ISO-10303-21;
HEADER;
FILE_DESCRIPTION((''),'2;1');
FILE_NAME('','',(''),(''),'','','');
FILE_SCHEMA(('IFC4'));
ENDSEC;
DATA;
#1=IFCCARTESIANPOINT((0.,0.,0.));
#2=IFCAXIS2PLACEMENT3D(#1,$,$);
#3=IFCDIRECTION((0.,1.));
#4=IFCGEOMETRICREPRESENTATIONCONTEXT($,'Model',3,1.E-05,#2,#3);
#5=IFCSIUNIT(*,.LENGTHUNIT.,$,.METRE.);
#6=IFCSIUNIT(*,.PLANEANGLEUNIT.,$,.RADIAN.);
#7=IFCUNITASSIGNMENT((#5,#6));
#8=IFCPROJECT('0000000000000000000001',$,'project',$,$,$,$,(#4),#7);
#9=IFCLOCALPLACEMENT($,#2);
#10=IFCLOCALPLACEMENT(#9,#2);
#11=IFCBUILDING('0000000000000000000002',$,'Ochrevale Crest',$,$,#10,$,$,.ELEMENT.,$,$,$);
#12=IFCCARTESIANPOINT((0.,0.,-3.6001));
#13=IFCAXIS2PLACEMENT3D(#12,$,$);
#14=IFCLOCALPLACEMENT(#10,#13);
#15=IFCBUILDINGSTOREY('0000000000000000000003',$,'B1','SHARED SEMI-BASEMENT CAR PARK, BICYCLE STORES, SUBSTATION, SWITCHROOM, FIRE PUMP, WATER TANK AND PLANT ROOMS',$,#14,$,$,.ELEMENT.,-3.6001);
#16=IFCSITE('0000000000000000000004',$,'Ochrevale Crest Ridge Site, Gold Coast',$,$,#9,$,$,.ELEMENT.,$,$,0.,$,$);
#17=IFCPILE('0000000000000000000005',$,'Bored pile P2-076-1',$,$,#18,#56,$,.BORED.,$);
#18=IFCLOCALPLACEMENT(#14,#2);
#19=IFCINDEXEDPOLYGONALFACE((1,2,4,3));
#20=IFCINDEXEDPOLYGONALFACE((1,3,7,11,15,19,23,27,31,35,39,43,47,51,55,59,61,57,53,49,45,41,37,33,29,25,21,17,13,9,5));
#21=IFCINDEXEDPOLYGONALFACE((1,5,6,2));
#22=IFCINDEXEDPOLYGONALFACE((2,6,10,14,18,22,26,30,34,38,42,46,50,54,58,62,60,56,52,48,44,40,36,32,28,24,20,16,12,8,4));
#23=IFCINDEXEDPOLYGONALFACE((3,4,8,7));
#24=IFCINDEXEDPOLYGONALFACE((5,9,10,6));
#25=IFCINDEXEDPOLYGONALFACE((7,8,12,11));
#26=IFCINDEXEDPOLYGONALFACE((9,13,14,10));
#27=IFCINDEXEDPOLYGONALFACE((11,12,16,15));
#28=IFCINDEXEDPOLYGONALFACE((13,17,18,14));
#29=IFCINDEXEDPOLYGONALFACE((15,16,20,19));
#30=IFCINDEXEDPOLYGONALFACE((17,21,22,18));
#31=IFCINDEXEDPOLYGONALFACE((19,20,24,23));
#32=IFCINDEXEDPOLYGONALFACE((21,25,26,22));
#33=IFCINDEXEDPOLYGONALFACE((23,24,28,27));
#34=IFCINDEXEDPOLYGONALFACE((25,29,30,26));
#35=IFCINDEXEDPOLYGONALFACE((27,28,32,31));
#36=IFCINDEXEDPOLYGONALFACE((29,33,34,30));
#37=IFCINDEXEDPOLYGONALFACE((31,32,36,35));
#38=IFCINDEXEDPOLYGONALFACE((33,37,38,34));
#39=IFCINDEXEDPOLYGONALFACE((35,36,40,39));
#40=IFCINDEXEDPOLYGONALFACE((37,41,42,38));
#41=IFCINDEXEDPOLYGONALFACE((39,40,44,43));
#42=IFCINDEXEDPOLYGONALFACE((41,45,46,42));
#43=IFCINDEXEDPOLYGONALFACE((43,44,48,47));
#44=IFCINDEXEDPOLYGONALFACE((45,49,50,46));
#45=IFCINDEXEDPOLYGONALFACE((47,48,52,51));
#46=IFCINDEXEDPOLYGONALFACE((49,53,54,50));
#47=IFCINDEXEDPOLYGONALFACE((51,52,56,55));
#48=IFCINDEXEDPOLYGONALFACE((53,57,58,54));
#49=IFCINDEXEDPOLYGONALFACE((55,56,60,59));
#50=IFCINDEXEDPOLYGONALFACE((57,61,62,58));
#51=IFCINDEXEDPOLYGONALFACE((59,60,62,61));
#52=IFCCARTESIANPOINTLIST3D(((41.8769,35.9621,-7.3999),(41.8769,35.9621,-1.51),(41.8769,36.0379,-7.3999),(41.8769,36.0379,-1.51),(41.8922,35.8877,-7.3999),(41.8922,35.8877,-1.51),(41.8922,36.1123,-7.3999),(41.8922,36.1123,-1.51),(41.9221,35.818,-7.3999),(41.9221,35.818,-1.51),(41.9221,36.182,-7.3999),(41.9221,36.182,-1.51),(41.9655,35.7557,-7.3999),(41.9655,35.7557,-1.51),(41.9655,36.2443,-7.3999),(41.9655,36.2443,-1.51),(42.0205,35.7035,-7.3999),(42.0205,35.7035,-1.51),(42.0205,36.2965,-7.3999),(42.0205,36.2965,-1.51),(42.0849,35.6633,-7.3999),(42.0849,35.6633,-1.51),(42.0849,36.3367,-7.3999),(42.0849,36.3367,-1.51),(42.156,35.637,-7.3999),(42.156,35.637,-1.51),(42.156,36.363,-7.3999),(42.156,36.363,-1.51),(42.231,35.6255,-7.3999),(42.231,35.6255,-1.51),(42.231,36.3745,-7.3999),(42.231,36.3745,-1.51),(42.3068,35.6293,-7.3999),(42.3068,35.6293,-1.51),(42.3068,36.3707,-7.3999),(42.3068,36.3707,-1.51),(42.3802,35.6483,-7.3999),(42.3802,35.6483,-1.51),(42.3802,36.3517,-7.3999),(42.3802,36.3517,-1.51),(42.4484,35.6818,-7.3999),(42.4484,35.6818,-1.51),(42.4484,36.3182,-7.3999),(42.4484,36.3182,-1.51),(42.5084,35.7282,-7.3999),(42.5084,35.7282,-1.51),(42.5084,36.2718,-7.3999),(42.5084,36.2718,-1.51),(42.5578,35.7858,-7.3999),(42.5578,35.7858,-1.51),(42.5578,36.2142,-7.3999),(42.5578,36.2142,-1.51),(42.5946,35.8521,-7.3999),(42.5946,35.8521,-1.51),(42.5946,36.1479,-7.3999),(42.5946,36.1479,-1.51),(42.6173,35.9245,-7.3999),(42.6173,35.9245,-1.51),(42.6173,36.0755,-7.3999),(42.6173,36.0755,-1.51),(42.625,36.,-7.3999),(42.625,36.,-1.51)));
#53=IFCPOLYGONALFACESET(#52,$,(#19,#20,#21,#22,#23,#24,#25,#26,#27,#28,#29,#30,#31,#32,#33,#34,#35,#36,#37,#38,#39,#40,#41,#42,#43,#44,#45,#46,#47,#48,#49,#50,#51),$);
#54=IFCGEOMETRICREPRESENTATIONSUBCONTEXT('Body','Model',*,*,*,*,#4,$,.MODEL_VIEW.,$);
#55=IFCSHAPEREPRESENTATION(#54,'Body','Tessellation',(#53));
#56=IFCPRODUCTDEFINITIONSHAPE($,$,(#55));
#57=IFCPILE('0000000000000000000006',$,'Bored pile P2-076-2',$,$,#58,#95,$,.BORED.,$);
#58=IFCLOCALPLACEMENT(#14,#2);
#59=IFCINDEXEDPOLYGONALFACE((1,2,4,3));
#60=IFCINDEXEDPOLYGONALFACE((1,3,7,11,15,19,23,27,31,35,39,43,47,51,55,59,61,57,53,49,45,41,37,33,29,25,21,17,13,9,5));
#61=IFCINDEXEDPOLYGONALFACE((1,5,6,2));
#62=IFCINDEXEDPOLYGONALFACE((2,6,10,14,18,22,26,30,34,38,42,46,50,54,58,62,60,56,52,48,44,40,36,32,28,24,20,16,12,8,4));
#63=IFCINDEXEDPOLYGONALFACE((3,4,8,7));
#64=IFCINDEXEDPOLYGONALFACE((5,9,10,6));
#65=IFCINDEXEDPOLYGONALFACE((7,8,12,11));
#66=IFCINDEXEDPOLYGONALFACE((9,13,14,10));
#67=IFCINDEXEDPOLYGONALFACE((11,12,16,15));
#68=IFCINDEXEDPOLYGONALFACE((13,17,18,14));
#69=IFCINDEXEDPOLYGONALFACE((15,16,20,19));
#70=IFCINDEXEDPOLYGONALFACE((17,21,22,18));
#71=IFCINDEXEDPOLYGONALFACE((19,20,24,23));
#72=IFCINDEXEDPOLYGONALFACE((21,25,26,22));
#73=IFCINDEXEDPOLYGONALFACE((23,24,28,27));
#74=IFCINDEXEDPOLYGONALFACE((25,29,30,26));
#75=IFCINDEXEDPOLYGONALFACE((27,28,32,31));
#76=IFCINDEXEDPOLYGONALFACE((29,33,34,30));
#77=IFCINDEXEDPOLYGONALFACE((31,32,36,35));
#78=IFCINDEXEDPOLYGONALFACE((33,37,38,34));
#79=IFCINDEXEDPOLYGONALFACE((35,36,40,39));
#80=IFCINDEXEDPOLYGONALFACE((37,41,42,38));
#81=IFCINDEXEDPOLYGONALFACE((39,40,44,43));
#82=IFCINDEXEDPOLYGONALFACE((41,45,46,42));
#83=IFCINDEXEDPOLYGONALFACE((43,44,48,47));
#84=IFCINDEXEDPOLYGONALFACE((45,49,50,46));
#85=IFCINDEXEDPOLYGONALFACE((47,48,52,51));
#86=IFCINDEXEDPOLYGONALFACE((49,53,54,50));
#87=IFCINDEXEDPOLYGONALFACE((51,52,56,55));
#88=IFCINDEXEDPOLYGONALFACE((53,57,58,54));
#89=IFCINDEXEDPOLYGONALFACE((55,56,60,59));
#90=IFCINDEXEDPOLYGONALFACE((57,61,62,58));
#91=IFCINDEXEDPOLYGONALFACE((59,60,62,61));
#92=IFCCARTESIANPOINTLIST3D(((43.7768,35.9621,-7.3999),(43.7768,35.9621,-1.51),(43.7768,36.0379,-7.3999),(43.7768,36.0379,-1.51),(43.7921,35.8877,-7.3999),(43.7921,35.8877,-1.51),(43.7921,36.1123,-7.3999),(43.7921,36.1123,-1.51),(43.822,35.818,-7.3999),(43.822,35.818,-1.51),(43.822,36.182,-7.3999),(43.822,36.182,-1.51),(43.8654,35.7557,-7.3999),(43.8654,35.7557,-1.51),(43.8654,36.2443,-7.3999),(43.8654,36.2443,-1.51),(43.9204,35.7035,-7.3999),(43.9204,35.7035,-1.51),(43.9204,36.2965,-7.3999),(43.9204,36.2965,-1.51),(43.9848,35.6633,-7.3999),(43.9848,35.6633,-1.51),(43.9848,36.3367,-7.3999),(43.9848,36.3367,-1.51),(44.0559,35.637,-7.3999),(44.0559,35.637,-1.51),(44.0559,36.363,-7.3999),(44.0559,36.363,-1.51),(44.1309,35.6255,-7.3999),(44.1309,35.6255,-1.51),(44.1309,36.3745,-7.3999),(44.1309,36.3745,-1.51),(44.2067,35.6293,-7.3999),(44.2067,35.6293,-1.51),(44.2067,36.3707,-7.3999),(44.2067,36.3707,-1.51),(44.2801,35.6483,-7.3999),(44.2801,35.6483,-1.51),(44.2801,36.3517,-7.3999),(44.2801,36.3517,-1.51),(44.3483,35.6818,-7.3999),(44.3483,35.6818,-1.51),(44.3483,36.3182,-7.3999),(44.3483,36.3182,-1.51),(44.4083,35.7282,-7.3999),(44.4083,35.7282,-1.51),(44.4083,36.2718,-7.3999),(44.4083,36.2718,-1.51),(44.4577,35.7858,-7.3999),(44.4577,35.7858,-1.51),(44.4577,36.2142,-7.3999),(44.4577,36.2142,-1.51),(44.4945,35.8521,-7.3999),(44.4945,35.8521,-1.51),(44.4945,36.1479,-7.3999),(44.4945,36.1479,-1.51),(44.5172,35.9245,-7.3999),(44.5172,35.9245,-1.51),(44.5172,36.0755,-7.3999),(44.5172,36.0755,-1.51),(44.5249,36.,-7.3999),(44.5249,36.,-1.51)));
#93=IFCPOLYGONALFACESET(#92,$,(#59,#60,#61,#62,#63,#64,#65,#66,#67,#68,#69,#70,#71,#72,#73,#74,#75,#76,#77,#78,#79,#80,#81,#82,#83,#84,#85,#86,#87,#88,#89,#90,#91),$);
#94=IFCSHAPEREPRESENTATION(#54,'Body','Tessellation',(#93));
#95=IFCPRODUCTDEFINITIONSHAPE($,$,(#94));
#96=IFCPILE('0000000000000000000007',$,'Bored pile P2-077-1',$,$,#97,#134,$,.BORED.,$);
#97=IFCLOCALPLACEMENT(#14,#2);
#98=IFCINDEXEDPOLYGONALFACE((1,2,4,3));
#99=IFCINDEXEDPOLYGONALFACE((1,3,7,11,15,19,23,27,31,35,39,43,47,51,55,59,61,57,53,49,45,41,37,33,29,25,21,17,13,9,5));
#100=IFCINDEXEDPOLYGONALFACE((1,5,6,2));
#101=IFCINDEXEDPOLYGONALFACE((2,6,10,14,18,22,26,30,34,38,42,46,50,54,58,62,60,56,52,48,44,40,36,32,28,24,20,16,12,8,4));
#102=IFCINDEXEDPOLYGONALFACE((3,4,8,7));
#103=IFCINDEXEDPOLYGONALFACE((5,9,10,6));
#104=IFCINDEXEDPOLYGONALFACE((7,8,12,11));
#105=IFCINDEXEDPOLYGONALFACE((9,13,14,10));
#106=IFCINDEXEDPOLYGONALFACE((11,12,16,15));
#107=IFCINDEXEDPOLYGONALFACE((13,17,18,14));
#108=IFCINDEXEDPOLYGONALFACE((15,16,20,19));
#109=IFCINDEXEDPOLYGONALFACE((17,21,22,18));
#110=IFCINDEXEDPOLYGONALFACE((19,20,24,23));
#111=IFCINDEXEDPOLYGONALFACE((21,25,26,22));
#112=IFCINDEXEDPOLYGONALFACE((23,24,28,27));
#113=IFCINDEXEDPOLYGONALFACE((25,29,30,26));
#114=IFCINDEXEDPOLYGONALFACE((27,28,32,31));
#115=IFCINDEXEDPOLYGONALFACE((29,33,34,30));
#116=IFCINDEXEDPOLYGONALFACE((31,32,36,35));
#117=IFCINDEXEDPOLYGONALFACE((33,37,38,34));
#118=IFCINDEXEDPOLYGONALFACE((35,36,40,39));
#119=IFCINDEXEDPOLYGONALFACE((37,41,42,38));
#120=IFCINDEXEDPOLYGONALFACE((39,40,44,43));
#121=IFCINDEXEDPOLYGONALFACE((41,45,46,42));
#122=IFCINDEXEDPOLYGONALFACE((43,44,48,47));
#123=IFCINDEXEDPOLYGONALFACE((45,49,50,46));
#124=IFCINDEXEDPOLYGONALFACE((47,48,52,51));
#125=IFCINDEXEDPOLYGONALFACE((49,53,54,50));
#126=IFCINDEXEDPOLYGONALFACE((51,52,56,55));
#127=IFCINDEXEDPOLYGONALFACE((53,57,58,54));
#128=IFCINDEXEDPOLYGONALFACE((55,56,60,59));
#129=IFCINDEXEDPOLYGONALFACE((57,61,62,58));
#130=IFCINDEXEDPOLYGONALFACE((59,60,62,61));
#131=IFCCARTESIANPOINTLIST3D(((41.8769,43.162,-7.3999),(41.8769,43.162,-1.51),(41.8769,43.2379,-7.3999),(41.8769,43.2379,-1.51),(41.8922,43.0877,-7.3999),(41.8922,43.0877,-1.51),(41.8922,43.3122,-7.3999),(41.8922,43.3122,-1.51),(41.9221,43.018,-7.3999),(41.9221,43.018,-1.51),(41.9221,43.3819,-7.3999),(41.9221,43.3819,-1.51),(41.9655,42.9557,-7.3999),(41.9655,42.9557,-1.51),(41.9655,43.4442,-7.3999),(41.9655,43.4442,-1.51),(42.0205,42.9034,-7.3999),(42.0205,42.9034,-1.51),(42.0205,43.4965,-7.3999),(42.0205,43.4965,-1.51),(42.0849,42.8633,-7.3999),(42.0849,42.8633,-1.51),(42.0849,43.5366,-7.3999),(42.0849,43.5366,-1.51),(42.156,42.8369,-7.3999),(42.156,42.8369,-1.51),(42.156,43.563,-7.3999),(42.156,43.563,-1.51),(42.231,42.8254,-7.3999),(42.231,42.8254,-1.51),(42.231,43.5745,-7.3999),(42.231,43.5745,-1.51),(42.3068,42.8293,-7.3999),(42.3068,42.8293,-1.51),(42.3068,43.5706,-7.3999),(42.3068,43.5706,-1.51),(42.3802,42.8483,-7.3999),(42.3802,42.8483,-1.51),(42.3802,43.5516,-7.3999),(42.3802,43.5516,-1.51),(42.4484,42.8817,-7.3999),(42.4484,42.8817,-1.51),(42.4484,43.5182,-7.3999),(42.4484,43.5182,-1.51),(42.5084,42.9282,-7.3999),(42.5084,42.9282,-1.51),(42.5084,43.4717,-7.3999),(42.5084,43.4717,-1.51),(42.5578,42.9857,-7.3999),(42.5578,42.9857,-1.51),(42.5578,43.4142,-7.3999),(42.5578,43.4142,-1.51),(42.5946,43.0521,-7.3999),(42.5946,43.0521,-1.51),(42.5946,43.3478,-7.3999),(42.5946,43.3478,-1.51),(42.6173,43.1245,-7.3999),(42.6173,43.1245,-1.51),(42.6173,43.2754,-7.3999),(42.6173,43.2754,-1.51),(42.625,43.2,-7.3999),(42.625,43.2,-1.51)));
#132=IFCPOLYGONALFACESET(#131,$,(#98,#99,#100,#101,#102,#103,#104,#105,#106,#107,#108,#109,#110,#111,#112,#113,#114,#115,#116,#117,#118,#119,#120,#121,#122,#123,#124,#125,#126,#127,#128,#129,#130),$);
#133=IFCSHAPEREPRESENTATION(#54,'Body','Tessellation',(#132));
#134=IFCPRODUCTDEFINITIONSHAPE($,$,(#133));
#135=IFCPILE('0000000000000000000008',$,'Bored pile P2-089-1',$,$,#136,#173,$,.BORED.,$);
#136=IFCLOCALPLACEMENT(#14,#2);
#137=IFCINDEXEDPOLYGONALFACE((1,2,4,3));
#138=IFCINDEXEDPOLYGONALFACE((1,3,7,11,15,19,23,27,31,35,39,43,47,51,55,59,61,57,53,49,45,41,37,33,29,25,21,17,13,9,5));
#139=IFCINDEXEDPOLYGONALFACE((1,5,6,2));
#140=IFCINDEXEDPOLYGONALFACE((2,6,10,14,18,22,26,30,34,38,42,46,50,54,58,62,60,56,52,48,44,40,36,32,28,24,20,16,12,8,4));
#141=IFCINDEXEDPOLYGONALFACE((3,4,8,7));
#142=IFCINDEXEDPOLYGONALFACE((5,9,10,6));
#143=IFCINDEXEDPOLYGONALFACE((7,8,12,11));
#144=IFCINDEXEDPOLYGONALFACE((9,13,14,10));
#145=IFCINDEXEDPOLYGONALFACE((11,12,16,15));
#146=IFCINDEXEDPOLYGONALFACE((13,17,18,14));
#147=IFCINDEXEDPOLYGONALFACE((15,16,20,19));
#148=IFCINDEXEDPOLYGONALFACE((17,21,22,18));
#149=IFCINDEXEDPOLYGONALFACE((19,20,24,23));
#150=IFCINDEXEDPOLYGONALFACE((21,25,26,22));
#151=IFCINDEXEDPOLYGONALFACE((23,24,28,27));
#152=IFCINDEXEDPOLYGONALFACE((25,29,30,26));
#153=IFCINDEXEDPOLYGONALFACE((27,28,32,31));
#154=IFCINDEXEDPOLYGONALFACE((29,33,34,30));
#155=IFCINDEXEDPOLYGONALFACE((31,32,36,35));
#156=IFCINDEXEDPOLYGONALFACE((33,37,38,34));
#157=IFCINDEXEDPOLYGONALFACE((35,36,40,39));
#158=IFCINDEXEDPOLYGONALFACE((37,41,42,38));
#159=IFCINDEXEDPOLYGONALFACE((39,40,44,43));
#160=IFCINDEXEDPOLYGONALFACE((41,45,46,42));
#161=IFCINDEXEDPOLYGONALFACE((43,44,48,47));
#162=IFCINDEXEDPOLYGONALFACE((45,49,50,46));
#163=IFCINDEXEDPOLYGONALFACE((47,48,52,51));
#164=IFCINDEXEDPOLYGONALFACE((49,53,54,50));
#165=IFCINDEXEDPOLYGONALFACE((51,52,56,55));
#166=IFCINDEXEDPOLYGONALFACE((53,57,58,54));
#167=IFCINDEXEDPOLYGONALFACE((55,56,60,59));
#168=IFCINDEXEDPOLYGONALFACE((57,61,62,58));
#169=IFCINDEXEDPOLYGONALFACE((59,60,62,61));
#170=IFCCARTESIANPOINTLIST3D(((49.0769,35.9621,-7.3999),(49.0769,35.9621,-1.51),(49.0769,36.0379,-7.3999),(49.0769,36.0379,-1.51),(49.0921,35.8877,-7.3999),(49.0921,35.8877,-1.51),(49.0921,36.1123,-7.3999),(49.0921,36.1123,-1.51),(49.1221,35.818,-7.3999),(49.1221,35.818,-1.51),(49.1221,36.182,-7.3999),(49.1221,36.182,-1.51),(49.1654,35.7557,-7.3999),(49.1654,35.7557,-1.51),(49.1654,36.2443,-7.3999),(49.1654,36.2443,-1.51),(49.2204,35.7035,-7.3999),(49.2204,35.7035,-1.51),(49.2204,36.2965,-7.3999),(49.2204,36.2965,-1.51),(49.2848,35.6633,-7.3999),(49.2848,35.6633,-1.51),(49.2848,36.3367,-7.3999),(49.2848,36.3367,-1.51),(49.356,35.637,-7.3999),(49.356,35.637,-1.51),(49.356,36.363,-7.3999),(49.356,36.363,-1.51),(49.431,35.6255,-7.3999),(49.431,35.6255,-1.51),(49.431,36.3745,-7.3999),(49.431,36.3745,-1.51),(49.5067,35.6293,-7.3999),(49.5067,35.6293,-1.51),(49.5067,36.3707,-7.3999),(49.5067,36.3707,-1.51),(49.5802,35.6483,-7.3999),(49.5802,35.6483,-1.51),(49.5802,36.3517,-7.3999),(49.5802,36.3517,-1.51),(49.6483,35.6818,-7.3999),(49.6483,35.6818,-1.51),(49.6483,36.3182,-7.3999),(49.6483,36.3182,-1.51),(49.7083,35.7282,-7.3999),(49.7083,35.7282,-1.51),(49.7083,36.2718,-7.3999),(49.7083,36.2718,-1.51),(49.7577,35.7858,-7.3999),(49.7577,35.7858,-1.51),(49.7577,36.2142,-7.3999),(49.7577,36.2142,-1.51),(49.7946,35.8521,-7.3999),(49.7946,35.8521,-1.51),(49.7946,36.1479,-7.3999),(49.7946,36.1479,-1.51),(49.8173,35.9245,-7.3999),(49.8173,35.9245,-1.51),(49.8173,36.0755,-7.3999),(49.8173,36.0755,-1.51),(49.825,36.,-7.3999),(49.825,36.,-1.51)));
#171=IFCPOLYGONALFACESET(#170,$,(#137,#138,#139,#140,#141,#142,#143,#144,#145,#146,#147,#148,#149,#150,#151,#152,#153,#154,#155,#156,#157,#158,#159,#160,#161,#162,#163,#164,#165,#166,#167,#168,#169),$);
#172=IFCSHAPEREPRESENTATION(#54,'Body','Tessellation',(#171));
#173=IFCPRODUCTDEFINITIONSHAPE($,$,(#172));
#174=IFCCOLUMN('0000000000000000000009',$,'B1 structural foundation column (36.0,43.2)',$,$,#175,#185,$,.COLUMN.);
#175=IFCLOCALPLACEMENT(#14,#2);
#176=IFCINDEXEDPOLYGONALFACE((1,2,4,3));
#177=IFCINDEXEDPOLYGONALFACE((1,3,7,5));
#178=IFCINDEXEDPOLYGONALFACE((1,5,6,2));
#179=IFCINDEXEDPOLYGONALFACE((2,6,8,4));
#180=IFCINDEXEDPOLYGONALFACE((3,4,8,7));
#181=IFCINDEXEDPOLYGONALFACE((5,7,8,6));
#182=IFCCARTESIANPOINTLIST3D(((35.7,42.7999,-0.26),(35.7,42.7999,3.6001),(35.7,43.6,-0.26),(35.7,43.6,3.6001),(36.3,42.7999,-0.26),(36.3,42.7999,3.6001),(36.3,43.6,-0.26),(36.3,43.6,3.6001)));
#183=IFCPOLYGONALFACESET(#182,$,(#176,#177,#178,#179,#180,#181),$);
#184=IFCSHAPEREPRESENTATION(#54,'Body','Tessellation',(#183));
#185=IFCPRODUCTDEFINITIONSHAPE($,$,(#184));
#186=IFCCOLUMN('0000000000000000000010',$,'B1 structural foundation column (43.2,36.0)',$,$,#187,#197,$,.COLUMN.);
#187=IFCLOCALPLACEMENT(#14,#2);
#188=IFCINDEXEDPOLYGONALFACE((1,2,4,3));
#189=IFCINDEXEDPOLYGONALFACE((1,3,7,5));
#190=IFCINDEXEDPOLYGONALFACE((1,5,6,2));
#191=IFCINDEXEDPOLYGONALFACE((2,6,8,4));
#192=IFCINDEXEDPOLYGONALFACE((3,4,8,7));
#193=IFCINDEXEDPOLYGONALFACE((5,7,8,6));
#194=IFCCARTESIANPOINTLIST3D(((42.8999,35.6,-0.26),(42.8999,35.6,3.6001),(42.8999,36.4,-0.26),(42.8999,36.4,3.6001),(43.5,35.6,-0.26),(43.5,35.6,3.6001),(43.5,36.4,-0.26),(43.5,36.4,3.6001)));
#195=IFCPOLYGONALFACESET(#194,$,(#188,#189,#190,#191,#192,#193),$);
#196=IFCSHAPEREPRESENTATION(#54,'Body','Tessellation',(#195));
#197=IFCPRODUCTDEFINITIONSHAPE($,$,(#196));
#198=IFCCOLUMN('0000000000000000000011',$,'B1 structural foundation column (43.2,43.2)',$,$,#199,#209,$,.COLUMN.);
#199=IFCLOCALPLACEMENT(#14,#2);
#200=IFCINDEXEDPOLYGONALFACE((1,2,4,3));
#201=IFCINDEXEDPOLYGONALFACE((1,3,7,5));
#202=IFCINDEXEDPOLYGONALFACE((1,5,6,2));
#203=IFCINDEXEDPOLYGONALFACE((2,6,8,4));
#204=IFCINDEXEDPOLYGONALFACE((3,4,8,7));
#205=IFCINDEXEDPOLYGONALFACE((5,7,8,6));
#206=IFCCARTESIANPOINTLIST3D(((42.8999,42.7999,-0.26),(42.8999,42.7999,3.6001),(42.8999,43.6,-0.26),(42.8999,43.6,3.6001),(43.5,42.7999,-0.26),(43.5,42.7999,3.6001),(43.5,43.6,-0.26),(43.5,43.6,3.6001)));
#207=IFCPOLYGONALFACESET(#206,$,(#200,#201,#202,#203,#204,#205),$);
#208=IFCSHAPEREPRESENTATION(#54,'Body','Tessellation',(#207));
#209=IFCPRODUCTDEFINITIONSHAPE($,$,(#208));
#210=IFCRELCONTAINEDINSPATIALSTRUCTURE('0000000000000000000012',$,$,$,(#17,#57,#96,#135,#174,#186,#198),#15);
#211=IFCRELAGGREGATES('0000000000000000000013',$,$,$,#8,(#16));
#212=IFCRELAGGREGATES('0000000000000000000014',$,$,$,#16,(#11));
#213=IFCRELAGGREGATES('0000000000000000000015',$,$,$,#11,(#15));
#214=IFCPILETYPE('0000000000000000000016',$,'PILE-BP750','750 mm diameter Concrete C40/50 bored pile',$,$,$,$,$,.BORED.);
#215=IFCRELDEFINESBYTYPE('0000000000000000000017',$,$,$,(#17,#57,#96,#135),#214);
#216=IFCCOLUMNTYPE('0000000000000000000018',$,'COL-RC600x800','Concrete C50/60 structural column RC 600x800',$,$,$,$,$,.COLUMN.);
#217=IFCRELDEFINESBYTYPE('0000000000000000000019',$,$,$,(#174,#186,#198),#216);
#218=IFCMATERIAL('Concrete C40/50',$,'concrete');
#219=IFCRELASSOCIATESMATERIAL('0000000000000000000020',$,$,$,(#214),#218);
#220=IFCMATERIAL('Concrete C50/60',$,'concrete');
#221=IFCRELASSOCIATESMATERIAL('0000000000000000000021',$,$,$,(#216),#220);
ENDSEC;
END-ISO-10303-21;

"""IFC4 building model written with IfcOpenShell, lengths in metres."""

from ifc_helpers import new_model, si_unit, direction, frame, origin, origin_2d, place, context, subcontext, project, spatial, rectangle, circle, extrude, material, material_profile, profile_set, type_object, element, save


model = new_model("IFC4")

# Units and contexts
model_context = context("Model", 3, precision=1e-05, world=origin(), true_north=direction((0.0, 1.0)))
body_context = subcontext(model_context, "Body", "Model", "MODEL_VIEW")
ifc_project = project(units=[si_unit("LENGTHUNIT", "METRE"), si_unit("PLANEANGLEUNIT", "RADIAN")], contexts=[model_context])

# Site, building, storey
site_placement = place(None, origin())
site = spatial("IfcSite", under=ifc_project, at=site_placement, Name="Ochrevale Crest Ridge Site, Gold Coast", CompositionType="ELEMENT", RefElevation=0.0)
building_placement = place(site_placement, origin())
building = spatial("IfcBuilding", under=site, at=building_placement, Name="Ochrevale Crest", CompositionType="ELEMENT")
storey_placement = place(building_placement, frame((0.0, 0.0, -3.6001)))
storey = spatial("IfcBuildingStorey", under=building, at=storey_placement, Name="B1", Description="SHARED SEMI-BASEMENT CAR PARK, BICYCLE STORES, SUBSTATION, SWITCHROOM, FIRE PUMP, WATER TANK AND PLANT ROOMS", CompositionType="ELEMENT", Elevation=-3.6001)

# Shared definitions
ifc_material_1 = material(Name="Concrete C40/50", Category="concrete")

# Piles
ifc_material_profile_1 = material_profile(ifc_material_1, circle(Radius=0.375, at=origin_2d()), Name="BORED PILE 750")
ifc_profile_set_1 = profile_set([ifc_material_profile_1], Name="Concrete C40/50")
pile_type_1 = type_object("IfcPileType", Name="PILE-BP750", Description="750 mm diameter Concrete C40/50 bored pile", PredefinedType="BORED", material=ifc_profile_set_1)
for number, where, z_axis, x_axis, name in (
    (1, (42.25, 36.0, -1.51), (0.0, 0.0, -1.0), (1.0, 0.0, 0.0), "Bored pile P2-076-1"),
    (2, (44.1499, 36.0, -1.51), (0.0, 0.0, -1.0), (1.0, 0.0, 0.0), "Bored pile P2-076-2"),
    (3, (42.25, 43.2, -1.51), (0.0, 0.0, -1.0), (1.0, 0.0, 0.0), "Bored pile P2-077-1"),
    (4, (49.45, 36.0, -1.51), (0.0, 0.0, -1.0), (1.0, 0.0, 0.0), "Bored pile P2-089-1"),
):
    element("IfcPile", number, at=place(storey_placement, frame(where, z_axis=z_axis, x_axis=x_axis)), inside=storey, type_object=pile_type_1, Name=name, PredefinedType="BORED", context=body_context, shape_type="SweptSolid", body=[
        extrude(circle(Radius=0.375, at=origin_2d()), origin(), (0.0, 0.0, 1.0), 5.8899),
    ])

# Columns
ifc_material_2 = material(Name="Concrete C50/60", Category="concrete")
ifc_material_profile_2 = material_profile(ifc_material_2, rectangle(XDim=0.6001, YDim=0.8, at=origin_2d()), Name="RC 600x800")
ifc_profile_set_2 = profile_set([ifc_material_profile_2], Name="Concrete C50/60")
column_type = type_object("IfcColumnType", Name="COL-RC600x800", Description="Concrete C50/60 structural column RC 600x800", PredefinedType="COLUMN", material=ifc_profile_set_2)
for number, where, z_axis, x_axis, name in (
    (5, (36.0, 43.2, -0.26), (0.0, 0.0, 1.0), (1.0, 0.0, 0.0), "B1 structural foundation column (36.0,43.2)"),
    (6, (43.2, 36.0, -0.26), (0.0, 0.0, 1.0), (1.0, 0.0, 0.0), "B1 structural foundation column (43.2,36.0)"),
    (7, (43.2, 43.2, -0.26), (0.0, 0.0, 1.0), (1.0, 0.0, 0.0), "B1 structural foundation column (43.2,43.2)"),
):
    element("IfcColumn", number, at=place(storey_placement, frame(where, z_axis=z_axis, x_axis=x_axis)), inside=storey, type_object=column_type, Name=name, PredefinedType="COLUMN", context=body_context, shape_type="SweptSolid", body=[
        extrude(rectangle(XDim=0.6001, YDim=0.8, at=origin_2d()), origin(), (0.0, 0.0, 1.0), 3.8601),
    ])

save(model, "model.ifc")
